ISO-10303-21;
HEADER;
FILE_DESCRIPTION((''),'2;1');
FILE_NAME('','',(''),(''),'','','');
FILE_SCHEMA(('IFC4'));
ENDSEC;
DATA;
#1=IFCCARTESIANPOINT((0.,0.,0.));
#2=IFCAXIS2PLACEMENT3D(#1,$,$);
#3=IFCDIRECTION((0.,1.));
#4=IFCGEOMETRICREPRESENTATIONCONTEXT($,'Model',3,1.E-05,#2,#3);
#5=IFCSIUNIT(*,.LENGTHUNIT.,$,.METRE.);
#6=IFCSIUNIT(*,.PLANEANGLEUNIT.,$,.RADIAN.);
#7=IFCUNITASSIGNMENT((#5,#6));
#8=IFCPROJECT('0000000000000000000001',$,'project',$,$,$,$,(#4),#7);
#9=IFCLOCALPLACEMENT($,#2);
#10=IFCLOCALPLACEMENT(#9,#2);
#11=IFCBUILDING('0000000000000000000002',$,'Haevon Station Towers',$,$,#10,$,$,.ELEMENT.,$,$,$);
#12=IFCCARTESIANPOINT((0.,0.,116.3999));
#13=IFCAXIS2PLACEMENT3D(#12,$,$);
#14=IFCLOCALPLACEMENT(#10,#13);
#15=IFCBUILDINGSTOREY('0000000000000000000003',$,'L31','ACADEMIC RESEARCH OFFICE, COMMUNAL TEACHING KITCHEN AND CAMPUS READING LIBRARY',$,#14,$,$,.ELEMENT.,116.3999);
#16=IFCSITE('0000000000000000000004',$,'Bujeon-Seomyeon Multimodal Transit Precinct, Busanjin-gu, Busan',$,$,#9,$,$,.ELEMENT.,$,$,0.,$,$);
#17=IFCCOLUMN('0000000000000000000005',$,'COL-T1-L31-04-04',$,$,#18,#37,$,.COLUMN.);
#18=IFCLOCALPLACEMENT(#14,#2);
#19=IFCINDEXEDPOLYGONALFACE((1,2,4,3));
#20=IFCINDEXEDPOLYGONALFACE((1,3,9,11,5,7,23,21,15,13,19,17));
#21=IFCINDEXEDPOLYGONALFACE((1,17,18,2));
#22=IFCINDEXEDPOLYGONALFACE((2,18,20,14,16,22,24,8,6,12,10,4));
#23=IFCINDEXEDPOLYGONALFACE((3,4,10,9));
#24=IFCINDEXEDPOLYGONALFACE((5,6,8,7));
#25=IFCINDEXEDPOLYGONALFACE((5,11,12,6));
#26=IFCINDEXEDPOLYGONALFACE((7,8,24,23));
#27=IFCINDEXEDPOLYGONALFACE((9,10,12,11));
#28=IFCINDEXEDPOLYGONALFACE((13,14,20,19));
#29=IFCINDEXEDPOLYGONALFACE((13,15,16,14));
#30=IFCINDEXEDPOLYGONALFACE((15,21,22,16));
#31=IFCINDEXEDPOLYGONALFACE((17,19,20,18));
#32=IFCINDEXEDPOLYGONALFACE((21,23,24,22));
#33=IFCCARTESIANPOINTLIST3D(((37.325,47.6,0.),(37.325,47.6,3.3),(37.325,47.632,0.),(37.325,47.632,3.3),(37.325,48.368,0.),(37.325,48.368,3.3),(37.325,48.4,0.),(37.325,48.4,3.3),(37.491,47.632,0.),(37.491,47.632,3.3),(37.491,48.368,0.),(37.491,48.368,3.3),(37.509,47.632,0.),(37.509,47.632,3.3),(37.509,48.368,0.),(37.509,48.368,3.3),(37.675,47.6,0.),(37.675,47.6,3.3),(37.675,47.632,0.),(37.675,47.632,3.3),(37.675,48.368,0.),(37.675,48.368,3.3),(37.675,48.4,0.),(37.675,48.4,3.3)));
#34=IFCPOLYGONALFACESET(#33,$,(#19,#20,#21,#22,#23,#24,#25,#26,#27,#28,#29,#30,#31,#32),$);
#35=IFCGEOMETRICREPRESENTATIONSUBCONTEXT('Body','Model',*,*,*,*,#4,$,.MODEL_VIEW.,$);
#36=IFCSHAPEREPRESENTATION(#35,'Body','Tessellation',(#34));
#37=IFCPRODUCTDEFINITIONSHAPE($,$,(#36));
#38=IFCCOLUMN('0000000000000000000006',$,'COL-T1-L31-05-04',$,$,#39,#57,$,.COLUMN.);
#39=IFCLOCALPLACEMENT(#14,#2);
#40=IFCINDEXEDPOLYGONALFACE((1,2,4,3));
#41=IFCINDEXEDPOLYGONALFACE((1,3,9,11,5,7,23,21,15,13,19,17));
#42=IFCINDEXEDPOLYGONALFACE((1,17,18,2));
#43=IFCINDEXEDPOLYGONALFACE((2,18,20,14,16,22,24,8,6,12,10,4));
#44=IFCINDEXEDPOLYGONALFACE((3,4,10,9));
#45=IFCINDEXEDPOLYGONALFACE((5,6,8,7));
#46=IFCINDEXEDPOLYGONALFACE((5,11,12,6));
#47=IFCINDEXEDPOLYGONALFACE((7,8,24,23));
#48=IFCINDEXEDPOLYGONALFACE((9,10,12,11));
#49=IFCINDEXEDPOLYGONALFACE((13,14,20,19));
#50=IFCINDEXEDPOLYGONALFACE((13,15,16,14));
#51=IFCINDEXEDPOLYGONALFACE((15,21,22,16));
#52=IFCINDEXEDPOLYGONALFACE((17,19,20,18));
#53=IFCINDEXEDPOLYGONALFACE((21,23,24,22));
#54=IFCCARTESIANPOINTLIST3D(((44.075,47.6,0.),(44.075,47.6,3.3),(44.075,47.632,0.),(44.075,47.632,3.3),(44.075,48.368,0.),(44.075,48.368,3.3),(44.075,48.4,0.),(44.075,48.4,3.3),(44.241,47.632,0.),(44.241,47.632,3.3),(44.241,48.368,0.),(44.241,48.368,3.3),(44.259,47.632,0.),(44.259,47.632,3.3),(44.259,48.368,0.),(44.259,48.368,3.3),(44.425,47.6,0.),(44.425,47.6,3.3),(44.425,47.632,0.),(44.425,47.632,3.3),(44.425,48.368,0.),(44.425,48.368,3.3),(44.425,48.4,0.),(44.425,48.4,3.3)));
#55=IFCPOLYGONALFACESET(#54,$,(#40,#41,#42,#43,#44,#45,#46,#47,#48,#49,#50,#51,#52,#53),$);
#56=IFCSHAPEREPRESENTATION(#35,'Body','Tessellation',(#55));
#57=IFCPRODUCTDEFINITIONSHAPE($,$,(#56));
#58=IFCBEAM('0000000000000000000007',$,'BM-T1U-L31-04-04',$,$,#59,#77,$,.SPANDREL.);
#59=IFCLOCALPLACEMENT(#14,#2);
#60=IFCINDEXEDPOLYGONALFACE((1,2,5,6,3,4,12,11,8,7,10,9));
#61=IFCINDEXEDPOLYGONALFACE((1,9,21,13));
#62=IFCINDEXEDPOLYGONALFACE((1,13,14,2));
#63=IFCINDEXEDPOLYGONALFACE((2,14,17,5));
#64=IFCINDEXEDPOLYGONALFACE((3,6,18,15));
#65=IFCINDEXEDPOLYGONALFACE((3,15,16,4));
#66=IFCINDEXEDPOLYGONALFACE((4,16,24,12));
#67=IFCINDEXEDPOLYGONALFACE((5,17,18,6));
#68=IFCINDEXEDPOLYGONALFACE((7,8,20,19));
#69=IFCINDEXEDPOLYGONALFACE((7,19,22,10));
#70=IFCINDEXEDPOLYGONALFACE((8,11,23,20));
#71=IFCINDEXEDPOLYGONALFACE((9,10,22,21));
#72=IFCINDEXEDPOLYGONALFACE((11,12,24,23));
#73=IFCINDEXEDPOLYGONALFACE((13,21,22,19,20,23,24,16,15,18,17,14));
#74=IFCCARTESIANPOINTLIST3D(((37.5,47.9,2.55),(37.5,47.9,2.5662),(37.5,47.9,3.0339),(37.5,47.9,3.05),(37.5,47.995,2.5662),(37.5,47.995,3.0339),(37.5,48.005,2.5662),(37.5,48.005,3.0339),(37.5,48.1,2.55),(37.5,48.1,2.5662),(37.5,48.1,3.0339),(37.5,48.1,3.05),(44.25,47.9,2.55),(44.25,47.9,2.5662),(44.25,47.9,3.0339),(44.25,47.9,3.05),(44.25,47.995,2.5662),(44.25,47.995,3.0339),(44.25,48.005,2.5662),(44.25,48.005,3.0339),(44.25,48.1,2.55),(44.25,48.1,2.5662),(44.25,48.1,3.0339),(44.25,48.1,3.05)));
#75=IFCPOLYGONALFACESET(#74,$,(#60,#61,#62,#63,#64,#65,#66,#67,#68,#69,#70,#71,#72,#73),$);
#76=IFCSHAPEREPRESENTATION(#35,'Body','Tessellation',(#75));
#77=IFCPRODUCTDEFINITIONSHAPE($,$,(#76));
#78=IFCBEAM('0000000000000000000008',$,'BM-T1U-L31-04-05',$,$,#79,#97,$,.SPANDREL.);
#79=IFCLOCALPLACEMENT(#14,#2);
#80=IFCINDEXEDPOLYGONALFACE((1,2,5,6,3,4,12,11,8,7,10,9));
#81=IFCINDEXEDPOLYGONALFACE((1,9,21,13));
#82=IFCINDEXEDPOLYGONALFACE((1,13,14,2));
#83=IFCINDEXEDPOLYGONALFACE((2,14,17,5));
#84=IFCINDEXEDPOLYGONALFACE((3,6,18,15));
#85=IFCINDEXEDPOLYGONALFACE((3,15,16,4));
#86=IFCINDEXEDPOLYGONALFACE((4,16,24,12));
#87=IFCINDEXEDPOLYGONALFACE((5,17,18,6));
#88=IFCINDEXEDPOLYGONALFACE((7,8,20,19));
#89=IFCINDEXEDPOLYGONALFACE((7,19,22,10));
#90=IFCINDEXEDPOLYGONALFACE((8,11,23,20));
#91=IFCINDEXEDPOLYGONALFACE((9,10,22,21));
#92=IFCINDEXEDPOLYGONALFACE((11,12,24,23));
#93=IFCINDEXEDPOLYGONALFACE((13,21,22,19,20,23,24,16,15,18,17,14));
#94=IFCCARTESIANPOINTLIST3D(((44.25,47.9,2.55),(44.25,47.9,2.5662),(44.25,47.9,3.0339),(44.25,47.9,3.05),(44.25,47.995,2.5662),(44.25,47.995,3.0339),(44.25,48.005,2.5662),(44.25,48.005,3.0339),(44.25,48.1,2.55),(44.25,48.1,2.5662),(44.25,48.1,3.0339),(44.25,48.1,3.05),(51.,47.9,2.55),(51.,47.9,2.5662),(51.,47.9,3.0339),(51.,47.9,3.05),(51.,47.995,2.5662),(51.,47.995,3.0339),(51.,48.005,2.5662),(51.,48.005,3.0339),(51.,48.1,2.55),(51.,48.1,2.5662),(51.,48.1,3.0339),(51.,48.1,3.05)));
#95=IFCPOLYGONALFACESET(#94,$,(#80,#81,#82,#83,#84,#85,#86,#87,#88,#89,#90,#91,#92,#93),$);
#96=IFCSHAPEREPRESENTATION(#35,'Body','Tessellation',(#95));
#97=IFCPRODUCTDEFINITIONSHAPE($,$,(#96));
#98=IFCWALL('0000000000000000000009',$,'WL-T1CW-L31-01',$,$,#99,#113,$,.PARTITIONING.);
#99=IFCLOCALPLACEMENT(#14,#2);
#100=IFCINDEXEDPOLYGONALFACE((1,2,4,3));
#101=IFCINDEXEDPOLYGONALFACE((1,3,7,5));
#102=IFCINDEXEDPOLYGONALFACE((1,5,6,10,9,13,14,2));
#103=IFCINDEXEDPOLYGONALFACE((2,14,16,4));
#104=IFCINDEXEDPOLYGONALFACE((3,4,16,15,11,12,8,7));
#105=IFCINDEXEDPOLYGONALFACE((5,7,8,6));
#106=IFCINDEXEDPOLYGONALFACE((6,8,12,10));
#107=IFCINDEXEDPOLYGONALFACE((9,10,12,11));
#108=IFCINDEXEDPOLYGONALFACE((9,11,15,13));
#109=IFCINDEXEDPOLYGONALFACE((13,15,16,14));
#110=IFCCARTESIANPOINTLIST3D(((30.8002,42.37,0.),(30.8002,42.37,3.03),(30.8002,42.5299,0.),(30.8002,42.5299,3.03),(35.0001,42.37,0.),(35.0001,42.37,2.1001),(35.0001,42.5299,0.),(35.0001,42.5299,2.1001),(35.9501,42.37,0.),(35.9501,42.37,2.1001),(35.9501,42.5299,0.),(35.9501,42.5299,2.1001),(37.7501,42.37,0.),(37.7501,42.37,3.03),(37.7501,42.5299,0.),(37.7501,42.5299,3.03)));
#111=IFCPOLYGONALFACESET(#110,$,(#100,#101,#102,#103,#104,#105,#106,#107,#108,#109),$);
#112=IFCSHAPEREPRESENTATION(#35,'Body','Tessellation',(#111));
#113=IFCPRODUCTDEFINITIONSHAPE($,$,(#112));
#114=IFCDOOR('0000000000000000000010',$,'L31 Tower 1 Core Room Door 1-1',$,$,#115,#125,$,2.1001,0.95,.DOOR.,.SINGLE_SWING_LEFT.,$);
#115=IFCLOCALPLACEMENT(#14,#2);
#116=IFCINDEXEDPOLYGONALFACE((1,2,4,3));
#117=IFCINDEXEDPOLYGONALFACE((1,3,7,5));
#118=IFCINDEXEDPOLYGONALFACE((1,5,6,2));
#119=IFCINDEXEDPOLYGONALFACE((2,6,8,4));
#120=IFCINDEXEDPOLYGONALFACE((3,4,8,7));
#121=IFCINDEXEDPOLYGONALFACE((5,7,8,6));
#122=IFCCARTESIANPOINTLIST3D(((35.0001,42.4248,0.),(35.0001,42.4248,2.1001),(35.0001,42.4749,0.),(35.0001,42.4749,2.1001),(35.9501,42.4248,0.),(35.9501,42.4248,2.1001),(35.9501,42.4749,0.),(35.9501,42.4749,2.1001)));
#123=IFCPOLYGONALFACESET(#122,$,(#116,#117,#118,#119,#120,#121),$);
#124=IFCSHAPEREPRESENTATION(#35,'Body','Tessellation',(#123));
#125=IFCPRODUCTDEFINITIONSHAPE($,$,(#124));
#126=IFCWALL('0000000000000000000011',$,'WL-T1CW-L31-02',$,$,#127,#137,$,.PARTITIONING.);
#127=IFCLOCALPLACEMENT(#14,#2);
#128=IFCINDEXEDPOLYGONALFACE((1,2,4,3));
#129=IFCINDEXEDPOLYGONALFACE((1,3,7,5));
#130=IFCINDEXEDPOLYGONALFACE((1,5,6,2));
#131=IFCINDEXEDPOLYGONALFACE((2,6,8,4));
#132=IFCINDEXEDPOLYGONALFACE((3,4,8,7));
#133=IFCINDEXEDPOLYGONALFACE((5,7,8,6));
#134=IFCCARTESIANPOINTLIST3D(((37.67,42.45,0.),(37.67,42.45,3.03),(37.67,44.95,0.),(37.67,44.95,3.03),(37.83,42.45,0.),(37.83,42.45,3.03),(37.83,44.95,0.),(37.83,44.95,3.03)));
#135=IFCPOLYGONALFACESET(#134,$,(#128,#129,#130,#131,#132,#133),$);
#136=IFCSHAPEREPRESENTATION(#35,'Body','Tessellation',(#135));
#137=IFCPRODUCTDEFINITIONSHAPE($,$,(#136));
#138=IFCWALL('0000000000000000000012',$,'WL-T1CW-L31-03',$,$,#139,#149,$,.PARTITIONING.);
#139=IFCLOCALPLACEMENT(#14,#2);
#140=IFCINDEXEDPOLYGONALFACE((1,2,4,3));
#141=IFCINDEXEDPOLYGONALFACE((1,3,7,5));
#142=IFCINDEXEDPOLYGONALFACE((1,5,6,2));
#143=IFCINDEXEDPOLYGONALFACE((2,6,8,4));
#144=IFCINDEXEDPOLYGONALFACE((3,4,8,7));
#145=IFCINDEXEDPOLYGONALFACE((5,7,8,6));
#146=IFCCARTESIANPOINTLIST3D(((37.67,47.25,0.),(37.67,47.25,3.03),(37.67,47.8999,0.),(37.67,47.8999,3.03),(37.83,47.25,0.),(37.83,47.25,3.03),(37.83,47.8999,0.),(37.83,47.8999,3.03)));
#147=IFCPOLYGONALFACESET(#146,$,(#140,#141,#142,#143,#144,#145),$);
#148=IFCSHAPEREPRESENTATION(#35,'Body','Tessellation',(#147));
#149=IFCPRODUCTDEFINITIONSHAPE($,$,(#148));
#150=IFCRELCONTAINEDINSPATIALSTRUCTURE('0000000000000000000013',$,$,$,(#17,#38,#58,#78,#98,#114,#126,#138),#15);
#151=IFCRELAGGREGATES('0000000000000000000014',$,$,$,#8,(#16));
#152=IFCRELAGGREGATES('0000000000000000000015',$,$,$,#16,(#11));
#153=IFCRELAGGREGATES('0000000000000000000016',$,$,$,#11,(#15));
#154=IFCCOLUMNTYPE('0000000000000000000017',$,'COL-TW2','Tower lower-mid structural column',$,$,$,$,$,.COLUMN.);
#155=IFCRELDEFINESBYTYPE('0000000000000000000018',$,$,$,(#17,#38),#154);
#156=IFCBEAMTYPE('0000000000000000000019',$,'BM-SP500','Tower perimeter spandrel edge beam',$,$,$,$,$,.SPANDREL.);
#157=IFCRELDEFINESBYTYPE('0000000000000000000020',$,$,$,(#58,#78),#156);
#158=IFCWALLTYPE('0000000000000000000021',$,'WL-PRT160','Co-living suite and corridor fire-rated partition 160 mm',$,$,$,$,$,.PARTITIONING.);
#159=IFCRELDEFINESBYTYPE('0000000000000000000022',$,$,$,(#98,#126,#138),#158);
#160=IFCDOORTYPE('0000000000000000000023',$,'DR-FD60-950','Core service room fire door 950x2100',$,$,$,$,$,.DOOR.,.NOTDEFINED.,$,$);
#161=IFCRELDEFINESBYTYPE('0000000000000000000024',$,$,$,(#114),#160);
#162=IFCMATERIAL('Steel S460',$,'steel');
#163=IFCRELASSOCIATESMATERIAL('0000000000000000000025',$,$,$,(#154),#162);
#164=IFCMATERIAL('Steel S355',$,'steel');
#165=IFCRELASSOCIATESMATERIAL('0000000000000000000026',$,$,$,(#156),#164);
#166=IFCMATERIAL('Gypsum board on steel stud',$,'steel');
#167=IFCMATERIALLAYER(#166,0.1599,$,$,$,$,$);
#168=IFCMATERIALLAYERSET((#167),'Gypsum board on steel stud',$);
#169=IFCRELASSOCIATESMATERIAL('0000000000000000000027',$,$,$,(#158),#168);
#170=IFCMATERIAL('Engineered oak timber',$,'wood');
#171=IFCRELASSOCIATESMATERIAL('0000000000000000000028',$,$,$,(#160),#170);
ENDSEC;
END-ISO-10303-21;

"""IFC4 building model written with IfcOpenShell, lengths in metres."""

from ifc_helpers import new_model, si_unit, direction, frame, frame_2d, origin, origin_2d, place, context, subcontext, project, spatial, rectangle, i_section, extrude, material, layer, layer_set, material_profile, profile_set, type_object, element, fill, save


model = new_model("IFC4")

# Units and contexts
model_context = context("Model", 3, precision=1e-05, world=origin(), true_north=direction((0.0, 1.0)))
body_context = subcontext(model_context, "Body", "Model", "MODEL_VIEW")
ifc_project = project(units=[si_unit("LENGTHUNIT", "METRE"), si_unit("PLANEANGLEUNIT", "RADIAN")], contexts=[model_context])

# Site, building, storey
site_placement = place(None, origin())
site = spatial("IfcSite", under=ifc_project, at=site_placement, Name="Bujeon-Seomyeon Multimodal Transit Precinct, Busanjin-gu, Busan", CompositionType="ELEMENT", RefElevation=0.0)
building_placement = place(site_placement, origin())
building = spatial("IfcBuilding", under=site, at=building_placement, Name="Haevon Station Towers", CompositionType="ELEMENT")
storey_placement = place(building_placement, frame((0.0, 0.0, 116.3999)))
storey = spatial("IfcBuildingStorey", under=building, at=storey_placement, Name="L31", Description="ACADEMIC RESEARCH OFFICE, COMMUNAL TEACHING KITCHEN AND CAMPUS READING LIBRARY", CompositionType="ELEMENT", Elevation=116.3999)

# Columns
ifc_material_1 = material(Name="Steel S460", Category="steel")
ifc_material_profile_1 = material_profile(ifc_material_1, i_section(OverallWidth=0.3501, OverallDepth=0.8, WebThickness=0.0181, FlangeThickness=0.032, at=origin_2d()), Name="H-800x350x18x32")
ifc_profile_set_1 = profile_set([ifc_material_profile_1], Name="Steel S460")
column_type = type_object("IfcColumnType", Name="COL-TW2", Description="Tower lower-mid structural column", PredefinedType="COLUMN", material=ifc_profile_set_1)
for number, where, z_axis, x_axis, name in (
    (1, (37.5, 48.0, 0.0), (0.0, 0.0, 1.0), (1.0, 0.0, 0.0), "COL-T1-L31-04-04"),
    (2, (44.25, 48.0, 0.0), (0.0, 0.0, 1.0), (1.0, 0.0, 0.0), "COL-T1-L31-05-04"),
):
    element("IfcColumn", number, at=place(storey_placement, frame(where, z_axis=z_axis, x_axis=x_axis)), inside=storey, type_object=column_type, Name=name, PredefinedType="COLUMN", context=body_context, shape_type="SweptSolid", body=[
        extrude(i_section(OverallWidth=0.3501, OverallDepth=0.8, WebThickness=0.0181, FlangeThickness=0.032, at=origin_2d()), origin(), (0.0, 0.0, 1.0), 3.3),
    ])

# Beams
ifc_material_2 = material(Name="Steel S355", Category="steel")
ifc_material_profile_2 = material_profile(ifc_material_2, i_section(OverallWidth=0.2, OverallDepth=0.5, WebThickness=0.01, FlangeThickness=0.0161, at=origin_2d()), Name="H-500x200x10x16")
ifc_profile_set_2 = profile_set([ifc_material_profile_2], Name="Steel S355")
beam_type = type_object("IfcBeamType", Name="BM-SP500", Description="Tower perimeter spandrel edge beam", PredefinedType="SPANDREL", material=ifc_profile_set_2)
for number, where, z_axis, x_axis, name in (
    (3, (37.5, 48.0, 2.8), (1.0, 0.0, 0.0), (0.0, 1.0, 0.0), "BM-T1U-L31-04-04"),
    (4, (44.25, 48.0, 2.8), (1.0, 0.0, 0.0), (0.0, 1.0, 0.0), "BM-T1U-L31-04-05"),
):
    element("IfcBeam", number, at=place(storey_placement, frame(where, z_axis=z_axis, x_axis=x_axis)), inside=storey, type_object=beam_type, Name=name, PredefinedType="SPANDREL", context=body_context, shape_type="SweptSolid", body=[
        extrude(i_section(OverallWidth=0.2, OverallDepth=0.5, WebThickness=0.01, FlangeThickness=0.0161, at=origin_2d()), origin(), (0.0, 0.0, 1.0), 6.75),
    ])

# Wall, opening, door
ifc_material_3 = material(Name="Gypsum board on steel stud", Category="steel")
ifc_layer_1 = layer(ifc_material_3, 0.1599)
ifc_layer_set_1 = layer_set([ifc_layer_1], Name="Gypsum board on steel stud")
wall_type_1 = type_object("IfcWallType", Name="WL-PRT160", Description="Co-living suite and corridor fire-rated partition 160 mm", PredefinedType="PARTITIONING", material=ifc_layer_set_1)
wall_1_placement = place(storey_placement, frame((30.8, 42.45, 0.0), z_axis=(0.0, 0.0, 1.0), x_axis=(1.0, 0.0, 0.0)))
wall_1 = element("IfcWall", 5, at=wall_1_placement, inside=storey, type_object=wall_type_1, Name="WL-T1CW-L31-01", PredefinedType="PARTITIONING", context=body_context, shape_type="SweptSolid", body=[
    extrude(rectangle(XDim=6.95, YDim=0.1599, at=frame_2d((3.4751, 0.0))), origin(), (0.0, 0.0, 1.0), 3.03),
])
opening_1_placement = place(wall_1_placement, frame((4.2, 0.0, 0.0)))
opening_1 = element("IfcOpeningElement", 6, at=opening_1_placement, cuts=wall_1, PredefinedType="OPENING", context=body_context, shape_type="SweptSolid", body=[
    extrude(rectangle(XDim=0.95, YDim=2.1001, at=frame_2d((0.4751, 1.05))), frame((0.0, 0.0898, 0.0), z_axis=(0.0, -1.0, 0.0), x_axis=(1.0, 0.0, 0.0)), (0.0, 0.0, 1.0), 0.1799),
])
ifc_material_4 = material(Name="Engineered oak timber", Category="wood")
door_type_1 = type_object("IfcDoorType", Name="DR-FD60-950", Description="Core service room fire door 950x2100", OperationType="NOTDEFINED", PredefinedType="DOOR", material=ifc_material_4)
door_1_placement = place(opening_1_placement, origin())
door_1 = element("IfcDoor", 7, at=door_1_placement, inside=storey, type_object=door_type_1, Name="L31 Tower 1 Core Room Door 1-1", OperationType="SINGLE_SWING_LEFT", OverallHeight=2.1001, OverallWidth=0.95, PredefinedType="DOOR", context=body_context, shape_type="SweptSolid", body=[
    extrude(rectangle(XDim=0.95, YDim=2.1001, at=frame_2d((0.4751, 1.05))), frame((0.0, 0.0249, 0.0), z_axis=(0.0, -1.0, 0.0), x_axis=(1.0, 0.0, 0.0)), (0.0, 0.0, 1.0), 0.05),
])
fill(opening_1, door_1)

# Walls
wall_2_placement = place(storey_placement, frame((37.75, 42.45, 0.0), z_axis=(0.0, 0.0, 1.0), x_axis=(0.0, 1.0, 0.0)))
element("IfcWall", 8, at=wall_2_placement, inside=storey, type_object=wall_type_1, Name="WL-T1CW-L31-02", PredefinedType="PARTITIONING", context=body_context, shape_type="SweptSolid", body=[
    extrude(rectangle(XDim=2.5, YDim=0.1599, at=frame_2d((1.25, 0.0))), origin(), (0.0, 0.0, 1.0), 3.03),
])
wall_3_placement = place(storey_placement, frame((37.75, 47.25, 0.0), z_axis=(0.0, 0.0, 1.0), x_axis=(0.0, 1.0, 0.0)))
element("IfcWall", 9, at=wall_3_placement, inside=storey, type_object=wall_type_1, Name="WL-T1CW-L31-03", PredefinedType="PARTITIONING", context=body_context, shape_type="SweptSolid", body=[
    extrude(rectangle(XDim=0.6499, YDim=0.1599, at=frame_2d((0.325, 0.0))), origin(), (0.0, 0.0, 1.0), 3.03),
])

save(model, "model.ifc")
